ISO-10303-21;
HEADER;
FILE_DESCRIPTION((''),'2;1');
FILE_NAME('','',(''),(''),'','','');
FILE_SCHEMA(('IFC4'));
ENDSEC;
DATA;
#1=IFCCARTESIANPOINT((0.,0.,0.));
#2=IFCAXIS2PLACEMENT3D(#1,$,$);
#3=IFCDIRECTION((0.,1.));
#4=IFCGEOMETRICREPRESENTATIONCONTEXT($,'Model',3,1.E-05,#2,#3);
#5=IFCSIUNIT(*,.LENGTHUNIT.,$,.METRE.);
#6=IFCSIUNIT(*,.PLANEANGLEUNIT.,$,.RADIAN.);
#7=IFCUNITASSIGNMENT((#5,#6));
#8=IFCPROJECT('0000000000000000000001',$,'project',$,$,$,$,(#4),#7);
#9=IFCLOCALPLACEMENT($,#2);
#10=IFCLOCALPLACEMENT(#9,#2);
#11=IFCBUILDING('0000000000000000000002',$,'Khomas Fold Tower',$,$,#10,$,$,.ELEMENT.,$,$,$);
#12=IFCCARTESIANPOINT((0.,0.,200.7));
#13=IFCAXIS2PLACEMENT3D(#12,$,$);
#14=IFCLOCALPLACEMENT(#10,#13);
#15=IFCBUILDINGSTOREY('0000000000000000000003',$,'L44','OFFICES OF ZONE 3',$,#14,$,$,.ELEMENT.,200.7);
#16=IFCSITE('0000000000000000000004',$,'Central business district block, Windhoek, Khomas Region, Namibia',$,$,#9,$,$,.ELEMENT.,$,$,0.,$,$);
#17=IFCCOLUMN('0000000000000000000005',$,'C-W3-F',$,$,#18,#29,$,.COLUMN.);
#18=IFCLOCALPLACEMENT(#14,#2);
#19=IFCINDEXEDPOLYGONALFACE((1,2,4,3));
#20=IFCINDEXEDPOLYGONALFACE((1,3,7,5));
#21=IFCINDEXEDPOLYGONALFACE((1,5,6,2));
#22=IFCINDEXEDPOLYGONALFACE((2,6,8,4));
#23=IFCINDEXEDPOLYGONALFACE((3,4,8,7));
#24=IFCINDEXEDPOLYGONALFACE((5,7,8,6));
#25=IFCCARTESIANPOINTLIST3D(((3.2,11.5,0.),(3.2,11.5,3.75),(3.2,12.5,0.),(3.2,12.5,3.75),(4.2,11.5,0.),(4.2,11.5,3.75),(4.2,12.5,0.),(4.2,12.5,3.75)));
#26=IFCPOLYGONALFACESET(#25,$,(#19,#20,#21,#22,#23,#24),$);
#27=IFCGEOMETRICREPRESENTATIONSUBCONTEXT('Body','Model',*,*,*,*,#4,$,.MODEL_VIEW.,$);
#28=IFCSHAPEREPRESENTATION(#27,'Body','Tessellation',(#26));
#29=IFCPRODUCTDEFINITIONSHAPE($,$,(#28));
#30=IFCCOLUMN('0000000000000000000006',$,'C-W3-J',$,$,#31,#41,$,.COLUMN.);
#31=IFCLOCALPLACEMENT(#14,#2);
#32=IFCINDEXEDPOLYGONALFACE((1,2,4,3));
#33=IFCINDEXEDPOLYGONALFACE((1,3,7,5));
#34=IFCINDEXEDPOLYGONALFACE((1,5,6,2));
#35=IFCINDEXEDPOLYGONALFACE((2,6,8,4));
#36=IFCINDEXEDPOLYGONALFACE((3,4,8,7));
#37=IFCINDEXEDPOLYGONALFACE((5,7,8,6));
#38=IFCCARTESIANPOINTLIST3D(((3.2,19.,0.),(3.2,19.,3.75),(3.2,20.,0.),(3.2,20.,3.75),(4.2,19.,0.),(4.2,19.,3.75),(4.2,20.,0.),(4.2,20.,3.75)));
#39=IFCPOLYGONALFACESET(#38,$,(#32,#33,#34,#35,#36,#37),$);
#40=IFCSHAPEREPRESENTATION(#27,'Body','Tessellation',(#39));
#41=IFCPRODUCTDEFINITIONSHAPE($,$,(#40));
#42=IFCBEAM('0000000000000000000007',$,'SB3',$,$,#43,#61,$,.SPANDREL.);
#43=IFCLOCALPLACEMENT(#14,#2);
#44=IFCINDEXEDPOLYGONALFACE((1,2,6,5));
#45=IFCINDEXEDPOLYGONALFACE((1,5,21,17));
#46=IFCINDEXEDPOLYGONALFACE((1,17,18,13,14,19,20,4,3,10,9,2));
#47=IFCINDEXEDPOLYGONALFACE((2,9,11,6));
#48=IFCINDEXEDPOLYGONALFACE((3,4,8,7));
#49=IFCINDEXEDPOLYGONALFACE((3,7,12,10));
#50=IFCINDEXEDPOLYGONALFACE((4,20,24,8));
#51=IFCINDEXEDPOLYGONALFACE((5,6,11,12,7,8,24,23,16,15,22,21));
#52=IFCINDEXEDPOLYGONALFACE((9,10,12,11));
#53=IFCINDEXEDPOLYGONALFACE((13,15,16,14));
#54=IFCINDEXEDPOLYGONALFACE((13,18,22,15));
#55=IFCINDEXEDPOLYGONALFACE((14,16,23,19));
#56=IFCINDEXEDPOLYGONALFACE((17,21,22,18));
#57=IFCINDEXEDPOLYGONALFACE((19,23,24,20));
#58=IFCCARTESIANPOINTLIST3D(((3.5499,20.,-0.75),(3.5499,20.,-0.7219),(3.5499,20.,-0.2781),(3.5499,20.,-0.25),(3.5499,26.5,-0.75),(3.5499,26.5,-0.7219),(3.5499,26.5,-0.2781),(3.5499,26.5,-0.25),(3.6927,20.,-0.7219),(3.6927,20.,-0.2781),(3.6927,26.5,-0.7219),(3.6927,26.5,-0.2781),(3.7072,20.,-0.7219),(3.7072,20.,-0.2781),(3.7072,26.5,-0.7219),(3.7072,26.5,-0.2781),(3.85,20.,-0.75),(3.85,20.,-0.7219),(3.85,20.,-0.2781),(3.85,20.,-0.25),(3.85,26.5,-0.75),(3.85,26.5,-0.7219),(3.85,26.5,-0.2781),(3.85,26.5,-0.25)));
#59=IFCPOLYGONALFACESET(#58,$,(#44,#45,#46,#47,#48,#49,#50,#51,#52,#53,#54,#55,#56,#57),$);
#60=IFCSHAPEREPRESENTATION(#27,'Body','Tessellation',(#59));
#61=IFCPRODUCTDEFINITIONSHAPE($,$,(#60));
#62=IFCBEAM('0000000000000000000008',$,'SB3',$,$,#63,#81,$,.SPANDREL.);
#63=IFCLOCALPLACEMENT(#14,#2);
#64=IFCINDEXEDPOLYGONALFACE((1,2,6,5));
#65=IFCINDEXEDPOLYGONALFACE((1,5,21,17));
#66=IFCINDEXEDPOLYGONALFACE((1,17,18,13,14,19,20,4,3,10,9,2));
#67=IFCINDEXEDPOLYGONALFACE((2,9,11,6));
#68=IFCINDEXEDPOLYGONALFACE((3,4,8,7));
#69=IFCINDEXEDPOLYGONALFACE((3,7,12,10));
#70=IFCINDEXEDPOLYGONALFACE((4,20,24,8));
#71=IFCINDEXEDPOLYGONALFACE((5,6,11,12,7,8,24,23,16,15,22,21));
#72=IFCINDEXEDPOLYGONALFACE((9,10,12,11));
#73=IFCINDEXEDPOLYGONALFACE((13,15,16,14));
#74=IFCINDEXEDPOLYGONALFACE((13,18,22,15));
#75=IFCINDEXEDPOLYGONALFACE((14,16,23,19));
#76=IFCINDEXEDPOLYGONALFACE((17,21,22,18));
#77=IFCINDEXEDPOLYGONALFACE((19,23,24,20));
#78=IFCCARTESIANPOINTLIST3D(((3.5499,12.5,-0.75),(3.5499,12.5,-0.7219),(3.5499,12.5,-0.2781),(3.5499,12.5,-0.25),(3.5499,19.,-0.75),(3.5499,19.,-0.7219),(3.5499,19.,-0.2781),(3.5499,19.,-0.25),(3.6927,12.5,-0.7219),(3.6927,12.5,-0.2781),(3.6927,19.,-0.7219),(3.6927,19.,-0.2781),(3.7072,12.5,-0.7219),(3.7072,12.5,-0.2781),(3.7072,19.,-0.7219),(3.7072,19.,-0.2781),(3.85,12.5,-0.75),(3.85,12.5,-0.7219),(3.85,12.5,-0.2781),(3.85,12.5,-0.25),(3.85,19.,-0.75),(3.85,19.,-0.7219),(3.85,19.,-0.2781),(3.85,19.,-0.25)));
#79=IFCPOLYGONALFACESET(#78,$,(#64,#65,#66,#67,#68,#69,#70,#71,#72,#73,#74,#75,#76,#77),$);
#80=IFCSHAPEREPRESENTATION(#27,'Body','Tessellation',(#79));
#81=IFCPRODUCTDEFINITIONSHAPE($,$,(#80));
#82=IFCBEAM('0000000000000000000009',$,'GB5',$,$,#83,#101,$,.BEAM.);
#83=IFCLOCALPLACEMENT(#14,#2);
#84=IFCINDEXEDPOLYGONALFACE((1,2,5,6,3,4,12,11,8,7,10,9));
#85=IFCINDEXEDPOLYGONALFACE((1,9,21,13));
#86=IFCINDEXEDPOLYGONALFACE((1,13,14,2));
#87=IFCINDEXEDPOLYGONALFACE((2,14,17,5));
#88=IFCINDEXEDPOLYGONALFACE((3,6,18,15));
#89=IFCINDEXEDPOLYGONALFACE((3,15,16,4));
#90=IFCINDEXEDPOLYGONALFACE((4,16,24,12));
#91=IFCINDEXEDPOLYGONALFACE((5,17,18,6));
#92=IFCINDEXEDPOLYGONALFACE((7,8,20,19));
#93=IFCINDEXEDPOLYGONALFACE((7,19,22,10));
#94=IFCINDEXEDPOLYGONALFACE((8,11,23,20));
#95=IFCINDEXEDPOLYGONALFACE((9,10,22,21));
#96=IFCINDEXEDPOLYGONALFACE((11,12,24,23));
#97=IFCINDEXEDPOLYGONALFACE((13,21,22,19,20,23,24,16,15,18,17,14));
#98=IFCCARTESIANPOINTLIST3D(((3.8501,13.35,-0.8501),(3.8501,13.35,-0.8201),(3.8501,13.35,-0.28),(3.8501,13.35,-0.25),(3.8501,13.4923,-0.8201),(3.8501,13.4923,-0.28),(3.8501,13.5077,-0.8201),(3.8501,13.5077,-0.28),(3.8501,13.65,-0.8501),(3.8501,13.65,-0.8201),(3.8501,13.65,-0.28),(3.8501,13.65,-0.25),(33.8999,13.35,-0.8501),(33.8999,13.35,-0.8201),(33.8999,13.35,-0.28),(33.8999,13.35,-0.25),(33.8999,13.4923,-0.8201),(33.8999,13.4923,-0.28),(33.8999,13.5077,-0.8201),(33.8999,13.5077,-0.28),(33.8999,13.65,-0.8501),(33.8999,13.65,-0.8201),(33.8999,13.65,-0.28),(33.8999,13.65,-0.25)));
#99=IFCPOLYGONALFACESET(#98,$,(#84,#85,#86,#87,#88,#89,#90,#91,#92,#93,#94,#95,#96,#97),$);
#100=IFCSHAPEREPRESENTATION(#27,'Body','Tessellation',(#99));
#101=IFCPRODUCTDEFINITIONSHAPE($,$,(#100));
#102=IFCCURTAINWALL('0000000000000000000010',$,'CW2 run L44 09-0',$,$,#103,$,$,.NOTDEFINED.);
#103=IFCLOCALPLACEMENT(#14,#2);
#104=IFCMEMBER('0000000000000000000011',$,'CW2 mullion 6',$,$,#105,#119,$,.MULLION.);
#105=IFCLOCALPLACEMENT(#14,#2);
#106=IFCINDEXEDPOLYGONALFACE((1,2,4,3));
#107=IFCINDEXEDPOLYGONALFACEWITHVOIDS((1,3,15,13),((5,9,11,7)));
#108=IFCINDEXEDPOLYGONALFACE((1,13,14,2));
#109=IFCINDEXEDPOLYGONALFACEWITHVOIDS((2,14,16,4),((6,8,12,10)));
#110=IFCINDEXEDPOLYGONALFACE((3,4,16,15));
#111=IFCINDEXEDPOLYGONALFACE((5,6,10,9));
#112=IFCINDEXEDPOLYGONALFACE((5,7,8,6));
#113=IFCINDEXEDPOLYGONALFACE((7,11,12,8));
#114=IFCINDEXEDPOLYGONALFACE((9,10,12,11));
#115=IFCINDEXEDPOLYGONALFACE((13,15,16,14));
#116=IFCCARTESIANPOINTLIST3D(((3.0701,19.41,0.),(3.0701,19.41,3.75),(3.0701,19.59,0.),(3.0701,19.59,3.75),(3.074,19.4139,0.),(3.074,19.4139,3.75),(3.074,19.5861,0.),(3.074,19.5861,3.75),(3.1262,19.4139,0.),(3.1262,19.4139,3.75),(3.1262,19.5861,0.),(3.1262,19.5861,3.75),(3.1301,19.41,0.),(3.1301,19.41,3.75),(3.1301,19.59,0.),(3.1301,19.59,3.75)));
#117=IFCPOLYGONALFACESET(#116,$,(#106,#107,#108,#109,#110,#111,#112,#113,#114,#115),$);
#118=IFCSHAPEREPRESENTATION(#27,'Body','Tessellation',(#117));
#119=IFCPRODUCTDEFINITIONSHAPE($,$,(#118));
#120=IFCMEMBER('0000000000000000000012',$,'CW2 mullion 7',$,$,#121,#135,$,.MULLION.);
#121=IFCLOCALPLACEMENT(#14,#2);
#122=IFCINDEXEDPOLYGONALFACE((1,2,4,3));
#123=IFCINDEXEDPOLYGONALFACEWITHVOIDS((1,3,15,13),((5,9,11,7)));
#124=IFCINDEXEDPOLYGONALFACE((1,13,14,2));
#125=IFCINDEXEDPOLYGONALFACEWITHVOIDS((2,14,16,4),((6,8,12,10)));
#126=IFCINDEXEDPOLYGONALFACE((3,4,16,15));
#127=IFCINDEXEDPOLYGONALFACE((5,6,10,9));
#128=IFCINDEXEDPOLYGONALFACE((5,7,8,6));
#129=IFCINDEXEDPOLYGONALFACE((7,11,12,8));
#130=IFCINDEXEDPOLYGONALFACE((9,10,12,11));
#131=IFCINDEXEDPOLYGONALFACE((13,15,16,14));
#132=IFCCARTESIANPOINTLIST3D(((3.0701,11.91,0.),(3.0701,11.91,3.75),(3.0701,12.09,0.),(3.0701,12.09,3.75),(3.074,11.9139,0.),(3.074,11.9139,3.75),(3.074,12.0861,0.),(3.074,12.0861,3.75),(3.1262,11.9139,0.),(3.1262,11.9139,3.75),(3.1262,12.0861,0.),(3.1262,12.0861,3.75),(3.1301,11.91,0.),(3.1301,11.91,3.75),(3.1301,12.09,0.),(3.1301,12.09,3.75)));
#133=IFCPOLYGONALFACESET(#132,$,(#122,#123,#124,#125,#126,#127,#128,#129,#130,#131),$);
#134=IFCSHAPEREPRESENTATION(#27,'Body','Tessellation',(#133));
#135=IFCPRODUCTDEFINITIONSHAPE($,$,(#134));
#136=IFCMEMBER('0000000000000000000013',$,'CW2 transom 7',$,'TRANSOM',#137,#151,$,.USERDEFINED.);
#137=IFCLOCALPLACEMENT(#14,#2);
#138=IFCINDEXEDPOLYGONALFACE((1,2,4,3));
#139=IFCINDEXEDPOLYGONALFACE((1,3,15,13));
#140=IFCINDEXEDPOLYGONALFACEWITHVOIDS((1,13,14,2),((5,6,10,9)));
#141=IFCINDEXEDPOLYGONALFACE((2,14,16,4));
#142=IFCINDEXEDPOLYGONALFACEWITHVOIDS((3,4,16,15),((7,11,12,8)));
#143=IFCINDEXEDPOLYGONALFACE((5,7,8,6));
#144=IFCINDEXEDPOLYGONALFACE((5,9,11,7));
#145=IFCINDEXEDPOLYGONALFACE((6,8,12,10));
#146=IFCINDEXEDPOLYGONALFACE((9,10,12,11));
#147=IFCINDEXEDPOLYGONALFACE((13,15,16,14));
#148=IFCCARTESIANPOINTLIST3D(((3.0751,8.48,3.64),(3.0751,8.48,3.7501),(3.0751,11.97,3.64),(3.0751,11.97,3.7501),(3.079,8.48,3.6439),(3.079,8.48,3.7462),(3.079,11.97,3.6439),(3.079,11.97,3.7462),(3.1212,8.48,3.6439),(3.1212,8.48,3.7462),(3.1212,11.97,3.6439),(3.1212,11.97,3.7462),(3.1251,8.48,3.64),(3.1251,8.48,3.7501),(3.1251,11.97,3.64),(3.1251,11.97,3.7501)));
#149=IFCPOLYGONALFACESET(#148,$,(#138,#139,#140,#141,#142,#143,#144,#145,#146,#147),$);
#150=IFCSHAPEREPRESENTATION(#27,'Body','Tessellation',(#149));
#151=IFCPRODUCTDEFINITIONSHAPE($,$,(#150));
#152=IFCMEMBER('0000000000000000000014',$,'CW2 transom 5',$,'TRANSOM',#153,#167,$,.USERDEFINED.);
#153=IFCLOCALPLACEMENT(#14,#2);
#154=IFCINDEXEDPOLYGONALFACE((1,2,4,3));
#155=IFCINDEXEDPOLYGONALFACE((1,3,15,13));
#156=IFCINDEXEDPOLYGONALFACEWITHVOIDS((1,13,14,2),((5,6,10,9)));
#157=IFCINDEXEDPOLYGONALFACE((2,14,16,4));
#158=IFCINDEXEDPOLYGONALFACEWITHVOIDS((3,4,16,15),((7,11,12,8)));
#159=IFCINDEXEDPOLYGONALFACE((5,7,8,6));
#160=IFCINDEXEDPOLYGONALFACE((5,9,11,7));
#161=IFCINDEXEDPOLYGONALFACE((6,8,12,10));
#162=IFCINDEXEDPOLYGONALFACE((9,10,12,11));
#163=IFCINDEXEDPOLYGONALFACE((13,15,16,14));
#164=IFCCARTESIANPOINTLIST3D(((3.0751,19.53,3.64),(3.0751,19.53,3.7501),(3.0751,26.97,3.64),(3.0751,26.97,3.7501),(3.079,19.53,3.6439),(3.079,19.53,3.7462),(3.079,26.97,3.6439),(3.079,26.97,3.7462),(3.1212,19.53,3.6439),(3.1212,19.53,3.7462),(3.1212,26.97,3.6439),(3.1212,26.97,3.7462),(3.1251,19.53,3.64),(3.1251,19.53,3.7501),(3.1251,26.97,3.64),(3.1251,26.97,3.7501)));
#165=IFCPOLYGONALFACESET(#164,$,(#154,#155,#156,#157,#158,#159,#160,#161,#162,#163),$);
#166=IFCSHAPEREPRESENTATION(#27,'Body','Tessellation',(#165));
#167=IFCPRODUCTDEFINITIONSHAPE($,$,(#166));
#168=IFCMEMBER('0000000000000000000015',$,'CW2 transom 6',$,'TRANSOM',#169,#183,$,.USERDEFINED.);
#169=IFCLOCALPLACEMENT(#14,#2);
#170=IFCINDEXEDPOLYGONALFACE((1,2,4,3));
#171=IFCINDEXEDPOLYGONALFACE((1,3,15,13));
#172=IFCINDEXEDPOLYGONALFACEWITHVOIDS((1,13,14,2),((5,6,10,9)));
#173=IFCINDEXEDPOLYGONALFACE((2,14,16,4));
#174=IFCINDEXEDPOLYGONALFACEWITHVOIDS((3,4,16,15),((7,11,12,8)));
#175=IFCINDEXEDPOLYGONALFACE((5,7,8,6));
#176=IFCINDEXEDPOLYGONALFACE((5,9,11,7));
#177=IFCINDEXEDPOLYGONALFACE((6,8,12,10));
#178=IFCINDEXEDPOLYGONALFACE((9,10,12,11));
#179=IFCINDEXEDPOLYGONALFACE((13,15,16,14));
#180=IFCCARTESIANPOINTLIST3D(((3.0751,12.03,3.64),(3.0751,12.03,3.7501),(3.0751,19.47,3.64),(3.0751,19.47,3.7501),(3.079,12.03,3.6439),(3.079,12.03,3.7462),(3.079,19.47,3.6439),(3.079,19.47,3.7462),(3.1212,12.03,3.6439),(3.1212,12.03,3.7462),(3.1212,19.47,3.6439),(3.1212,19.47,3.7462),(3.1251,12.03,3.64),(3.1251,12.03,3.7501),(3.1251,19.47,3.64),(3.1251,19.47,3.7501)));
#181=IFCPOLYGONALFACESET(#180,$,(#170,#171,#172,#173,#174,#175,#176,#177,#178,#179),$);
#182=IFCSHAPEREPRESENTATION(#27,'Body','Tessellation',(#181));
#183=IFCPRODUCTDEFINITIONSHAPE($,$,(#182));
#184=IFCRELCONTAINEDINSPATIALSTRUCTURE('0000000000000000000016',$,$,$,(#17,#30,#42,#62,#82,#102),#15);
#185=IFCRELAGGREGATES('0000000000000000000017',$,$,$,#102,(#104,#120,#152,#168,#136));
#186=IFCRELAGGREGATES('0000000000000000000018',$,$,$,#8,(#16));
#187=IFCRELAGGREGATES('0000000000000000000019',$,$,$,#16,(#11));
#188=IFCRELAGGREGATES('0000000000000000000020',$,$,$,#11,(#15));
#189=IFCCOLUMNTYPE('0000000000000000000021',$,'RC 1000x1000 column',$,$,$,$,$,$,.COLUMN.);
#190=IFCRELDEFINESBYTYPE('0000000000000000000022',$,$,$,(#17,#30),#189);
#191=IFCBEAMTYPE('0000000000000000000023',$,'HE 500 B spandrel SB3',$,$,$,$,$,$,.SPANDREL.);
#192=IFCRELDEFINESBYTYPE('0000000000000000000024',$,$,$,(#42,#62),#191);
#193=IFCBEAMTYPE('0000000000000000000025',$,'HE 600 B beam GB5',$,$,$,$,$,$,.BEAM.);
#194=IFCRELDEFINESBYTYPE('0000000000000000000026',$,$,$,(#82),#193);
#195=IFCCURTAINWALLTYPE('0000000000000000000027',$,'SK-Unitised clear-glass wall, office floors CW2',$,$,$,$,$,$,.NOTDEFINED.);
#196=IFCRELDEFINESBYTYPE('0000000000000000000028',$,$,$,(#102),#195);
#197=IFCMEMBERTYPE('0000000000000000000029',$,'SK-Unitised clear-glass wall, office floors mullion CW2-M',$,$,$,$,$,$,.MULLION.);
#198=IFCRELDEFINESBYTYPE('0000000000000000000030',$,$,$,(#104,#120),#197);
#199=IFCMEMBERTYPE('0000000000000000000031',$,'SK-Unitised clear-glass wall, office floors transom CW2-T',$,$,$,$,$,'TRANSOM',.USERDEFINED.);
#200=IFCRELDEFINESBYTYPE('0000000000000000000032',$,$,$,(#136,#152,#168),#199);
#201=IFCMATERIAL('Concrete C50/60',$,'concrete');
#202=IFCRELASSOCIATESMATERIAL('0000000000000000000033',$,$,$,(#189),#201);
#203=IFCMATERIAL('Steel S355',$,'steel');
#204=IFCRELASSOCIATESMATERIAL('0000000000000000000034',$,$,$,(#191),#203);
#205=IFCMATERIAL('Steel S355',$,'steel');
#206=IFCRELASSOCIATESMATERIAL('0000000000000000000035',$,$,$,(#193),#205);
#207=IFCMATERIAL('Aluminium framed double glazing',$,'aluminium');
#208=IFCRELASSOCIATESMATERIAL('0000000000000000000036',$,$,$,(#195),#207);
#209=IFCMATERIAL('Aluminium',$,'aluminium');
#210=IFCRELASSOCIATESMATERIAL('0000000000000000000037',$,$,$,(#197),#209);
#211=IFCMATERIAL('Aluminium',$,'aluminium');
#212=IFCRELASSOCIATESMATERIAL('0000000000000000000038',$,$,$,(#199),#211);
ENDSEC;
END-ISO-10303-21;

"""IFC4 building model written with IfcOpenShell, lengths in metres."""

from ifc_helpers import new_model, si_unit, direction, frame, origin, origin_2d, place, context, subcontext, project, spatial, rectangle, hollow_rectangle, i_section, extrude, source, transform, mapped, material, material_profile, profile_set, type_object, element, aggregate, save


model = new_model("IFC4")

# Units and contexts
model_context = context("Model", 3, precision=1e-05, world=origin(), true_north=direction((0.0, 1.0)))
body_context = subcontext(model_context, "Body", "Model", "MODEL_VIEW")
ifc_project = project(units=[si_unit("LENGTHUNIT", "METRE"), si_unit("PLANEANGLEUNIT", "RADIAN")], contexts=[model_context])

# Site, building, storey
site_placement = place(None, origin())
site = spatial("IfcSite", under=ifc_project, at=site_placement, Name="Central business district block, Windhoek, Khomas Region, Namibia", CompositionType="ELEMENT", RefElevation=0.0)
building_placement = place(site_placement, origin())
building = spatial("IfcBuilding", under=site, at=building_placement, Name="Khomas Fold Tower", CompositionType="ELEMENT")
storey_placement = place(building_placement, frame((0.0, 0.0, 200.7)))
storey = spatial("IfcBuildingStorey", under=building, at=storey_placement, Name="L44", Description="OFFICES OF ZONE 3", CompositionType="ELEMENT", Elevation=200.7)

# Columns
ifc_material_1 = material(Name="Concrete C50/60", Category="concrete")
ifc_material_profile_1 = material_profile(ifc_material_1, rectangle(XDim=1.0, YDim=1.0, at=origin_2d()), Name="RC 1000x1000")
ifc_profile_set_1 = profile_set([ifc_material_profile_1], Name="Concrete C50/60")
column_type = type_object("IfcColumnType", Name="RC 1000x1000 column", PredefinedType="COLUMN", material=ifc_profile_set_1)
shared_shape_1 = source(origin(), body_context, "Body", "SweptSolid", [
    extrude(rectangle(XDim=1.0, YDim=1.0, at=origin_2d()), origin(), (0.0, 0.0, 1.0), 3.75),
])
for number, where, z_axis, x_axis, name in (
    (1, (3.7, 12.0, 0.0), (0.0, 0.0, 1.0), (1.0, 0.0, 0.0), "C-W3-F"),
    (2, (3.7, 19.5, 0.0), (0.0, 0.0, 1.0), (1.0, 0.0, 0.0), "C-W3-J"),
):
    element("IfcColumn", number, at=place(storey_placement, frame(where, z_axis=z_axis, x_axis=x_axis)), inside=storey, type_object=column_type, Name=name, PredefinedType="COLUMN", context=body_context, shape_type="MappedRepresentation", body=[
        mapped(shared_shape_1, transform((0.0, 0.0, 0.0))),
    ])

# Beams
ifc_material_2 = material(Name="Steel S355", Category="steel")
ifc_material_profile_2 = material_profile(ifc_material_2, i_section(OverallWidth=0.3, OverallDepth=0.5, WebThickness=0.0144, FlangeThickness=0.0281, at=origin_2d()), Name="HE 500 B")
ifc_profile_set_2 = profile_set([ifc_material_profile_2], Name="Steel S355")
beam_type_1 = type_object("IfcBeamType", Name="HE 500 B spandrel SB3", PredefinedType="SPANDREL", material=ifc_profile_set_2)
shared_shape_2 = source(origin(), body_context, "Body", "SweptSolid", [
    extrude(i_section(OverallWidth=0.3, OverallDepth=0.5, WebThickness=0.0144, FlangeThickness=0.0281, at=origin_2d()), origin(), (0.0, 0.0, 1.0), 6.5),
])
for number, where, z_axis, x_axis, name in (
    (3, (3.7, 20.0, -0.5), (0.0, 1.0, 0.0), (-1.0, 0.0, 0.0), "SB3"),
    (4, (3.7, 12.5, -0.5), (0.0, 1.0, 0.0), (-1.0, 0.0, 0.0), "SB3"),
):
    element("IfcBeam", number, at=place(storey_placement, frame(where, z_axis=z_axis, x_axis=x_axis)), inside=storey, type_object=beam_type_1, Name=name, PredefinedType="SPANDREL", context=body_context, shape_type="MappedRepresentation", body=[
        mapped(shared_shape_2, transform((0.0, 0.0, 0.0))),
    ])
ifc_material_3 = material(Name="Steel S355", Category="steel")
ifc_material_profile_3 = material_profile(ifc_material_3, i_section(OverallWidth=0.3, OverallDepth=0.6001, WebThickness=0.0154, FlangeThickness=0.03, at=origin_2d()), Name="HE 600 B")
ifc_profile_set_3 = profile_set([ifc_material_profile_3], Name="Steel S355")
beam_type_2 = type_object("IfcBeamType", Name="HE 600 B beam GB5", PredefinedType="BEAM", material=ifc_profile_set_3)
shared_shape_3 = source(origin(), body_context, "Body", "SweptSolid", [
    extrude(i_section(OverallWidth=0.3, OverallDepth=0.6001, WebThickness=0.0154, FlangeThickness=0.03, at=origin_2d()), origin(), (0.0, 0.0, 1.0), 30.0498),
])
beam_placement = place(storey_placement, frame((3.8501, 13.5, -0.55), z_axis=(1.0, 0.0, 0.0), x_axis=(0.0, 1.0, 0.0)))
element("IfcBeam", 5, at=beam_placement, inside=storey, type_object=beam_type_2, Name="GB5", PredefinedType="BEAM", context=body_context, shape_type="MappedRepresentation", body=[
    mapped(shared_shape_3, transform((0.0, 0.0, 0.0))),
])

# Curtain wall, members
ifc_material_4 = material(Name="Aluminium framed double glazing", Category="aluminium")
curtain_wall_type = type_object("IfcCurtainWallType", Name="SK-Unitised clear-glass wall, office floors CW2", PredefinedType="NOTDEFINED", material=ifc_material_4)
curtain_wall_placement = place(storey_placement, origin())
curtain_wall = element("IfcCurtainWall", 6, at=curtain_wall_placement, inside=storey, type_object=curtain_wall_type, Name="CW2 run L44 09-0", PredefinedType="NOTDEFINED")
ifc_material_5 = material(Name="Aluminium", Category="aluminium")
ifc_material_profile_4 = material_profile(ifc_material_5, hollow_rectangle(XDim=0.0601, YDim=0.1799, WallThickness=0.0039, at=origin_2d()), Name="SK-Unitised clear-glass wall, office floors mullion CW2-M")
ifc_profile_set_4 = profile_set([ifc_material_profile_4], Name="Aluminium")
member_type_1 = type_object("IfcMemberType", Name="SK-Unitised clear-glass wall, office floors mullion CW2-M", PredefinedType="MULLION", material=ifc_profile_set_4)
shared_shape_4 = source(origin(), body_context, "Body", "SweptSolid", [
    extrude(hollow_rectangle(XDim=0.0601, YDim=0.1799, WallThickness=0.0039, at=origin_2d()), origin(), (0.0, 0.0, 1.0), 3.75),
])
member_1_placement = place(storey_placement, frame((3.1001, 19.5, 0.0), z_axis=(0.0, 0.0, 1.0), x_axis=(1.0, 0.0, 0.0)))
member_1 = element("IfcMember", 7, at=member_1_placement, type_object=member_type_1, Name="CW2 mullion 6", PredefinedType="MULLION", context=body_context, shape_type="MappedRepresentation", body=[
    mapped(shared_shape_4, transform((0.0, 0.0, 0.0))),
])
member_2_placement = place(storey_placement, frame((3.1001, 12.0, 0.0), z_axis=(0.0, 0.0, 1.0), x_axis=(1.0, 0.0, 0.0)))
member_2 = element("IfcMember", 8, at=member_2_placement, type_object=member_type_1, Name="CW2 mullion 7", PredefinedType="MULLION", context=body_context, shape_type="MappedRepresentation", body=[
    mapped(shared_shape_4, transform((0.0, 0.0, 0.0))),
])
ifc_material_6 = material(Name="Aluminium", Category="aluminium")
ifc_material_profile_5 = material_profile(ifc_material_6, hollow_rectangle(XDim=0.05, YDim=0.1101, WallThickness=0.0039, at=origin_2d()), Name="SK-Unitised clear-glass wall, office floors transom CW2-T")
ifc_profile_set_5 = profile_set([ifc_material_profile_5], Name="Aluminium")
member_type_2 = type_object("IfcMemberType", Name="SK-Unitised clear-glass wall, office floors transom CW2-T", ElementType="TRANSOM", PredefinedType="USERDEFINED", material=ifc_profile_set_5)
shared_shape_5 = source(origin(), body_context, "Body", "SweptSolid", [
    extrude(hollow_rectangle(XDim=0.05, YDim=0.1101, WallThickness=0.0039, at=origin_2d()), origin(), (0.0, 0.0, 1.0), 3.49),
])
member_3_placement = place(storey_placement, frame((3.1001, 11.97, 3.6951), z_axis=(0.0, -1.0, 0.0), x_axis=(1.0, 0.0, 0.0)))
member_3 = element("IfcMember", 9, at=member_3_placement, type_object=member_type_2, Name="CW2 transom 7", ObjectType="TRANSOM", PredefinedType="USERDEFINED", context=body_context, shape_type="MappedRepresentation", body=[
    mapped(shared_shape_5, transform((0.0, 0.0, 0.0))),
])
shared_shape_6 = source(origin(), body_context, "Body", "SweptSolid", [
    extrude(hollow_rectangle(XDim=0.05, YDim=0.1101, WallThickness=0.0039, at=origin_2d()), origin(), (0.0, 0.0, 1.0), 7.4399),
])
member_4_placement = place(storey_placement, frame((3.1001, 26.97, 3.6951), z_axis=(0.0, -1.0, 0.0), x_axis=(1.0, 0.0, 0.0)))
member_4 = element("IfcMember", 10, at=member_4_placement, type_object=member_type_2, Name="CW2 transom 5", ObjectType="TRANSOM", PredefinedType="USERDEFINED", context=body_context, shape_type="MappedRepresentation", body=[
    mapped(shared_shape_6, transform((0.0, 0.0, 0.0))),
])
member_5_placement = place(storey_placement, frame((3.1001, 19.47, 3.6951), z_axis=(0.0, -1.0, 0.0), x_axis=(1.0, 0.0, 0.0)))
member_5 = element("IfcMember", 11, at=member_5_placement, type_object=member_type_2, Name="CW2 transom 6", ObjectType="TRANSOM", PredefinedType="USERDEFINED", context=body_context, shape_type="MappedRepresentation", body=[
    mapped(shared_shape_6, transform((0.0, 0.0, 0.0))),
])

aggregate(curtain_wall, [member_1, member_2, member_4, member_5, member_3])

save(model, "model.ifc")
